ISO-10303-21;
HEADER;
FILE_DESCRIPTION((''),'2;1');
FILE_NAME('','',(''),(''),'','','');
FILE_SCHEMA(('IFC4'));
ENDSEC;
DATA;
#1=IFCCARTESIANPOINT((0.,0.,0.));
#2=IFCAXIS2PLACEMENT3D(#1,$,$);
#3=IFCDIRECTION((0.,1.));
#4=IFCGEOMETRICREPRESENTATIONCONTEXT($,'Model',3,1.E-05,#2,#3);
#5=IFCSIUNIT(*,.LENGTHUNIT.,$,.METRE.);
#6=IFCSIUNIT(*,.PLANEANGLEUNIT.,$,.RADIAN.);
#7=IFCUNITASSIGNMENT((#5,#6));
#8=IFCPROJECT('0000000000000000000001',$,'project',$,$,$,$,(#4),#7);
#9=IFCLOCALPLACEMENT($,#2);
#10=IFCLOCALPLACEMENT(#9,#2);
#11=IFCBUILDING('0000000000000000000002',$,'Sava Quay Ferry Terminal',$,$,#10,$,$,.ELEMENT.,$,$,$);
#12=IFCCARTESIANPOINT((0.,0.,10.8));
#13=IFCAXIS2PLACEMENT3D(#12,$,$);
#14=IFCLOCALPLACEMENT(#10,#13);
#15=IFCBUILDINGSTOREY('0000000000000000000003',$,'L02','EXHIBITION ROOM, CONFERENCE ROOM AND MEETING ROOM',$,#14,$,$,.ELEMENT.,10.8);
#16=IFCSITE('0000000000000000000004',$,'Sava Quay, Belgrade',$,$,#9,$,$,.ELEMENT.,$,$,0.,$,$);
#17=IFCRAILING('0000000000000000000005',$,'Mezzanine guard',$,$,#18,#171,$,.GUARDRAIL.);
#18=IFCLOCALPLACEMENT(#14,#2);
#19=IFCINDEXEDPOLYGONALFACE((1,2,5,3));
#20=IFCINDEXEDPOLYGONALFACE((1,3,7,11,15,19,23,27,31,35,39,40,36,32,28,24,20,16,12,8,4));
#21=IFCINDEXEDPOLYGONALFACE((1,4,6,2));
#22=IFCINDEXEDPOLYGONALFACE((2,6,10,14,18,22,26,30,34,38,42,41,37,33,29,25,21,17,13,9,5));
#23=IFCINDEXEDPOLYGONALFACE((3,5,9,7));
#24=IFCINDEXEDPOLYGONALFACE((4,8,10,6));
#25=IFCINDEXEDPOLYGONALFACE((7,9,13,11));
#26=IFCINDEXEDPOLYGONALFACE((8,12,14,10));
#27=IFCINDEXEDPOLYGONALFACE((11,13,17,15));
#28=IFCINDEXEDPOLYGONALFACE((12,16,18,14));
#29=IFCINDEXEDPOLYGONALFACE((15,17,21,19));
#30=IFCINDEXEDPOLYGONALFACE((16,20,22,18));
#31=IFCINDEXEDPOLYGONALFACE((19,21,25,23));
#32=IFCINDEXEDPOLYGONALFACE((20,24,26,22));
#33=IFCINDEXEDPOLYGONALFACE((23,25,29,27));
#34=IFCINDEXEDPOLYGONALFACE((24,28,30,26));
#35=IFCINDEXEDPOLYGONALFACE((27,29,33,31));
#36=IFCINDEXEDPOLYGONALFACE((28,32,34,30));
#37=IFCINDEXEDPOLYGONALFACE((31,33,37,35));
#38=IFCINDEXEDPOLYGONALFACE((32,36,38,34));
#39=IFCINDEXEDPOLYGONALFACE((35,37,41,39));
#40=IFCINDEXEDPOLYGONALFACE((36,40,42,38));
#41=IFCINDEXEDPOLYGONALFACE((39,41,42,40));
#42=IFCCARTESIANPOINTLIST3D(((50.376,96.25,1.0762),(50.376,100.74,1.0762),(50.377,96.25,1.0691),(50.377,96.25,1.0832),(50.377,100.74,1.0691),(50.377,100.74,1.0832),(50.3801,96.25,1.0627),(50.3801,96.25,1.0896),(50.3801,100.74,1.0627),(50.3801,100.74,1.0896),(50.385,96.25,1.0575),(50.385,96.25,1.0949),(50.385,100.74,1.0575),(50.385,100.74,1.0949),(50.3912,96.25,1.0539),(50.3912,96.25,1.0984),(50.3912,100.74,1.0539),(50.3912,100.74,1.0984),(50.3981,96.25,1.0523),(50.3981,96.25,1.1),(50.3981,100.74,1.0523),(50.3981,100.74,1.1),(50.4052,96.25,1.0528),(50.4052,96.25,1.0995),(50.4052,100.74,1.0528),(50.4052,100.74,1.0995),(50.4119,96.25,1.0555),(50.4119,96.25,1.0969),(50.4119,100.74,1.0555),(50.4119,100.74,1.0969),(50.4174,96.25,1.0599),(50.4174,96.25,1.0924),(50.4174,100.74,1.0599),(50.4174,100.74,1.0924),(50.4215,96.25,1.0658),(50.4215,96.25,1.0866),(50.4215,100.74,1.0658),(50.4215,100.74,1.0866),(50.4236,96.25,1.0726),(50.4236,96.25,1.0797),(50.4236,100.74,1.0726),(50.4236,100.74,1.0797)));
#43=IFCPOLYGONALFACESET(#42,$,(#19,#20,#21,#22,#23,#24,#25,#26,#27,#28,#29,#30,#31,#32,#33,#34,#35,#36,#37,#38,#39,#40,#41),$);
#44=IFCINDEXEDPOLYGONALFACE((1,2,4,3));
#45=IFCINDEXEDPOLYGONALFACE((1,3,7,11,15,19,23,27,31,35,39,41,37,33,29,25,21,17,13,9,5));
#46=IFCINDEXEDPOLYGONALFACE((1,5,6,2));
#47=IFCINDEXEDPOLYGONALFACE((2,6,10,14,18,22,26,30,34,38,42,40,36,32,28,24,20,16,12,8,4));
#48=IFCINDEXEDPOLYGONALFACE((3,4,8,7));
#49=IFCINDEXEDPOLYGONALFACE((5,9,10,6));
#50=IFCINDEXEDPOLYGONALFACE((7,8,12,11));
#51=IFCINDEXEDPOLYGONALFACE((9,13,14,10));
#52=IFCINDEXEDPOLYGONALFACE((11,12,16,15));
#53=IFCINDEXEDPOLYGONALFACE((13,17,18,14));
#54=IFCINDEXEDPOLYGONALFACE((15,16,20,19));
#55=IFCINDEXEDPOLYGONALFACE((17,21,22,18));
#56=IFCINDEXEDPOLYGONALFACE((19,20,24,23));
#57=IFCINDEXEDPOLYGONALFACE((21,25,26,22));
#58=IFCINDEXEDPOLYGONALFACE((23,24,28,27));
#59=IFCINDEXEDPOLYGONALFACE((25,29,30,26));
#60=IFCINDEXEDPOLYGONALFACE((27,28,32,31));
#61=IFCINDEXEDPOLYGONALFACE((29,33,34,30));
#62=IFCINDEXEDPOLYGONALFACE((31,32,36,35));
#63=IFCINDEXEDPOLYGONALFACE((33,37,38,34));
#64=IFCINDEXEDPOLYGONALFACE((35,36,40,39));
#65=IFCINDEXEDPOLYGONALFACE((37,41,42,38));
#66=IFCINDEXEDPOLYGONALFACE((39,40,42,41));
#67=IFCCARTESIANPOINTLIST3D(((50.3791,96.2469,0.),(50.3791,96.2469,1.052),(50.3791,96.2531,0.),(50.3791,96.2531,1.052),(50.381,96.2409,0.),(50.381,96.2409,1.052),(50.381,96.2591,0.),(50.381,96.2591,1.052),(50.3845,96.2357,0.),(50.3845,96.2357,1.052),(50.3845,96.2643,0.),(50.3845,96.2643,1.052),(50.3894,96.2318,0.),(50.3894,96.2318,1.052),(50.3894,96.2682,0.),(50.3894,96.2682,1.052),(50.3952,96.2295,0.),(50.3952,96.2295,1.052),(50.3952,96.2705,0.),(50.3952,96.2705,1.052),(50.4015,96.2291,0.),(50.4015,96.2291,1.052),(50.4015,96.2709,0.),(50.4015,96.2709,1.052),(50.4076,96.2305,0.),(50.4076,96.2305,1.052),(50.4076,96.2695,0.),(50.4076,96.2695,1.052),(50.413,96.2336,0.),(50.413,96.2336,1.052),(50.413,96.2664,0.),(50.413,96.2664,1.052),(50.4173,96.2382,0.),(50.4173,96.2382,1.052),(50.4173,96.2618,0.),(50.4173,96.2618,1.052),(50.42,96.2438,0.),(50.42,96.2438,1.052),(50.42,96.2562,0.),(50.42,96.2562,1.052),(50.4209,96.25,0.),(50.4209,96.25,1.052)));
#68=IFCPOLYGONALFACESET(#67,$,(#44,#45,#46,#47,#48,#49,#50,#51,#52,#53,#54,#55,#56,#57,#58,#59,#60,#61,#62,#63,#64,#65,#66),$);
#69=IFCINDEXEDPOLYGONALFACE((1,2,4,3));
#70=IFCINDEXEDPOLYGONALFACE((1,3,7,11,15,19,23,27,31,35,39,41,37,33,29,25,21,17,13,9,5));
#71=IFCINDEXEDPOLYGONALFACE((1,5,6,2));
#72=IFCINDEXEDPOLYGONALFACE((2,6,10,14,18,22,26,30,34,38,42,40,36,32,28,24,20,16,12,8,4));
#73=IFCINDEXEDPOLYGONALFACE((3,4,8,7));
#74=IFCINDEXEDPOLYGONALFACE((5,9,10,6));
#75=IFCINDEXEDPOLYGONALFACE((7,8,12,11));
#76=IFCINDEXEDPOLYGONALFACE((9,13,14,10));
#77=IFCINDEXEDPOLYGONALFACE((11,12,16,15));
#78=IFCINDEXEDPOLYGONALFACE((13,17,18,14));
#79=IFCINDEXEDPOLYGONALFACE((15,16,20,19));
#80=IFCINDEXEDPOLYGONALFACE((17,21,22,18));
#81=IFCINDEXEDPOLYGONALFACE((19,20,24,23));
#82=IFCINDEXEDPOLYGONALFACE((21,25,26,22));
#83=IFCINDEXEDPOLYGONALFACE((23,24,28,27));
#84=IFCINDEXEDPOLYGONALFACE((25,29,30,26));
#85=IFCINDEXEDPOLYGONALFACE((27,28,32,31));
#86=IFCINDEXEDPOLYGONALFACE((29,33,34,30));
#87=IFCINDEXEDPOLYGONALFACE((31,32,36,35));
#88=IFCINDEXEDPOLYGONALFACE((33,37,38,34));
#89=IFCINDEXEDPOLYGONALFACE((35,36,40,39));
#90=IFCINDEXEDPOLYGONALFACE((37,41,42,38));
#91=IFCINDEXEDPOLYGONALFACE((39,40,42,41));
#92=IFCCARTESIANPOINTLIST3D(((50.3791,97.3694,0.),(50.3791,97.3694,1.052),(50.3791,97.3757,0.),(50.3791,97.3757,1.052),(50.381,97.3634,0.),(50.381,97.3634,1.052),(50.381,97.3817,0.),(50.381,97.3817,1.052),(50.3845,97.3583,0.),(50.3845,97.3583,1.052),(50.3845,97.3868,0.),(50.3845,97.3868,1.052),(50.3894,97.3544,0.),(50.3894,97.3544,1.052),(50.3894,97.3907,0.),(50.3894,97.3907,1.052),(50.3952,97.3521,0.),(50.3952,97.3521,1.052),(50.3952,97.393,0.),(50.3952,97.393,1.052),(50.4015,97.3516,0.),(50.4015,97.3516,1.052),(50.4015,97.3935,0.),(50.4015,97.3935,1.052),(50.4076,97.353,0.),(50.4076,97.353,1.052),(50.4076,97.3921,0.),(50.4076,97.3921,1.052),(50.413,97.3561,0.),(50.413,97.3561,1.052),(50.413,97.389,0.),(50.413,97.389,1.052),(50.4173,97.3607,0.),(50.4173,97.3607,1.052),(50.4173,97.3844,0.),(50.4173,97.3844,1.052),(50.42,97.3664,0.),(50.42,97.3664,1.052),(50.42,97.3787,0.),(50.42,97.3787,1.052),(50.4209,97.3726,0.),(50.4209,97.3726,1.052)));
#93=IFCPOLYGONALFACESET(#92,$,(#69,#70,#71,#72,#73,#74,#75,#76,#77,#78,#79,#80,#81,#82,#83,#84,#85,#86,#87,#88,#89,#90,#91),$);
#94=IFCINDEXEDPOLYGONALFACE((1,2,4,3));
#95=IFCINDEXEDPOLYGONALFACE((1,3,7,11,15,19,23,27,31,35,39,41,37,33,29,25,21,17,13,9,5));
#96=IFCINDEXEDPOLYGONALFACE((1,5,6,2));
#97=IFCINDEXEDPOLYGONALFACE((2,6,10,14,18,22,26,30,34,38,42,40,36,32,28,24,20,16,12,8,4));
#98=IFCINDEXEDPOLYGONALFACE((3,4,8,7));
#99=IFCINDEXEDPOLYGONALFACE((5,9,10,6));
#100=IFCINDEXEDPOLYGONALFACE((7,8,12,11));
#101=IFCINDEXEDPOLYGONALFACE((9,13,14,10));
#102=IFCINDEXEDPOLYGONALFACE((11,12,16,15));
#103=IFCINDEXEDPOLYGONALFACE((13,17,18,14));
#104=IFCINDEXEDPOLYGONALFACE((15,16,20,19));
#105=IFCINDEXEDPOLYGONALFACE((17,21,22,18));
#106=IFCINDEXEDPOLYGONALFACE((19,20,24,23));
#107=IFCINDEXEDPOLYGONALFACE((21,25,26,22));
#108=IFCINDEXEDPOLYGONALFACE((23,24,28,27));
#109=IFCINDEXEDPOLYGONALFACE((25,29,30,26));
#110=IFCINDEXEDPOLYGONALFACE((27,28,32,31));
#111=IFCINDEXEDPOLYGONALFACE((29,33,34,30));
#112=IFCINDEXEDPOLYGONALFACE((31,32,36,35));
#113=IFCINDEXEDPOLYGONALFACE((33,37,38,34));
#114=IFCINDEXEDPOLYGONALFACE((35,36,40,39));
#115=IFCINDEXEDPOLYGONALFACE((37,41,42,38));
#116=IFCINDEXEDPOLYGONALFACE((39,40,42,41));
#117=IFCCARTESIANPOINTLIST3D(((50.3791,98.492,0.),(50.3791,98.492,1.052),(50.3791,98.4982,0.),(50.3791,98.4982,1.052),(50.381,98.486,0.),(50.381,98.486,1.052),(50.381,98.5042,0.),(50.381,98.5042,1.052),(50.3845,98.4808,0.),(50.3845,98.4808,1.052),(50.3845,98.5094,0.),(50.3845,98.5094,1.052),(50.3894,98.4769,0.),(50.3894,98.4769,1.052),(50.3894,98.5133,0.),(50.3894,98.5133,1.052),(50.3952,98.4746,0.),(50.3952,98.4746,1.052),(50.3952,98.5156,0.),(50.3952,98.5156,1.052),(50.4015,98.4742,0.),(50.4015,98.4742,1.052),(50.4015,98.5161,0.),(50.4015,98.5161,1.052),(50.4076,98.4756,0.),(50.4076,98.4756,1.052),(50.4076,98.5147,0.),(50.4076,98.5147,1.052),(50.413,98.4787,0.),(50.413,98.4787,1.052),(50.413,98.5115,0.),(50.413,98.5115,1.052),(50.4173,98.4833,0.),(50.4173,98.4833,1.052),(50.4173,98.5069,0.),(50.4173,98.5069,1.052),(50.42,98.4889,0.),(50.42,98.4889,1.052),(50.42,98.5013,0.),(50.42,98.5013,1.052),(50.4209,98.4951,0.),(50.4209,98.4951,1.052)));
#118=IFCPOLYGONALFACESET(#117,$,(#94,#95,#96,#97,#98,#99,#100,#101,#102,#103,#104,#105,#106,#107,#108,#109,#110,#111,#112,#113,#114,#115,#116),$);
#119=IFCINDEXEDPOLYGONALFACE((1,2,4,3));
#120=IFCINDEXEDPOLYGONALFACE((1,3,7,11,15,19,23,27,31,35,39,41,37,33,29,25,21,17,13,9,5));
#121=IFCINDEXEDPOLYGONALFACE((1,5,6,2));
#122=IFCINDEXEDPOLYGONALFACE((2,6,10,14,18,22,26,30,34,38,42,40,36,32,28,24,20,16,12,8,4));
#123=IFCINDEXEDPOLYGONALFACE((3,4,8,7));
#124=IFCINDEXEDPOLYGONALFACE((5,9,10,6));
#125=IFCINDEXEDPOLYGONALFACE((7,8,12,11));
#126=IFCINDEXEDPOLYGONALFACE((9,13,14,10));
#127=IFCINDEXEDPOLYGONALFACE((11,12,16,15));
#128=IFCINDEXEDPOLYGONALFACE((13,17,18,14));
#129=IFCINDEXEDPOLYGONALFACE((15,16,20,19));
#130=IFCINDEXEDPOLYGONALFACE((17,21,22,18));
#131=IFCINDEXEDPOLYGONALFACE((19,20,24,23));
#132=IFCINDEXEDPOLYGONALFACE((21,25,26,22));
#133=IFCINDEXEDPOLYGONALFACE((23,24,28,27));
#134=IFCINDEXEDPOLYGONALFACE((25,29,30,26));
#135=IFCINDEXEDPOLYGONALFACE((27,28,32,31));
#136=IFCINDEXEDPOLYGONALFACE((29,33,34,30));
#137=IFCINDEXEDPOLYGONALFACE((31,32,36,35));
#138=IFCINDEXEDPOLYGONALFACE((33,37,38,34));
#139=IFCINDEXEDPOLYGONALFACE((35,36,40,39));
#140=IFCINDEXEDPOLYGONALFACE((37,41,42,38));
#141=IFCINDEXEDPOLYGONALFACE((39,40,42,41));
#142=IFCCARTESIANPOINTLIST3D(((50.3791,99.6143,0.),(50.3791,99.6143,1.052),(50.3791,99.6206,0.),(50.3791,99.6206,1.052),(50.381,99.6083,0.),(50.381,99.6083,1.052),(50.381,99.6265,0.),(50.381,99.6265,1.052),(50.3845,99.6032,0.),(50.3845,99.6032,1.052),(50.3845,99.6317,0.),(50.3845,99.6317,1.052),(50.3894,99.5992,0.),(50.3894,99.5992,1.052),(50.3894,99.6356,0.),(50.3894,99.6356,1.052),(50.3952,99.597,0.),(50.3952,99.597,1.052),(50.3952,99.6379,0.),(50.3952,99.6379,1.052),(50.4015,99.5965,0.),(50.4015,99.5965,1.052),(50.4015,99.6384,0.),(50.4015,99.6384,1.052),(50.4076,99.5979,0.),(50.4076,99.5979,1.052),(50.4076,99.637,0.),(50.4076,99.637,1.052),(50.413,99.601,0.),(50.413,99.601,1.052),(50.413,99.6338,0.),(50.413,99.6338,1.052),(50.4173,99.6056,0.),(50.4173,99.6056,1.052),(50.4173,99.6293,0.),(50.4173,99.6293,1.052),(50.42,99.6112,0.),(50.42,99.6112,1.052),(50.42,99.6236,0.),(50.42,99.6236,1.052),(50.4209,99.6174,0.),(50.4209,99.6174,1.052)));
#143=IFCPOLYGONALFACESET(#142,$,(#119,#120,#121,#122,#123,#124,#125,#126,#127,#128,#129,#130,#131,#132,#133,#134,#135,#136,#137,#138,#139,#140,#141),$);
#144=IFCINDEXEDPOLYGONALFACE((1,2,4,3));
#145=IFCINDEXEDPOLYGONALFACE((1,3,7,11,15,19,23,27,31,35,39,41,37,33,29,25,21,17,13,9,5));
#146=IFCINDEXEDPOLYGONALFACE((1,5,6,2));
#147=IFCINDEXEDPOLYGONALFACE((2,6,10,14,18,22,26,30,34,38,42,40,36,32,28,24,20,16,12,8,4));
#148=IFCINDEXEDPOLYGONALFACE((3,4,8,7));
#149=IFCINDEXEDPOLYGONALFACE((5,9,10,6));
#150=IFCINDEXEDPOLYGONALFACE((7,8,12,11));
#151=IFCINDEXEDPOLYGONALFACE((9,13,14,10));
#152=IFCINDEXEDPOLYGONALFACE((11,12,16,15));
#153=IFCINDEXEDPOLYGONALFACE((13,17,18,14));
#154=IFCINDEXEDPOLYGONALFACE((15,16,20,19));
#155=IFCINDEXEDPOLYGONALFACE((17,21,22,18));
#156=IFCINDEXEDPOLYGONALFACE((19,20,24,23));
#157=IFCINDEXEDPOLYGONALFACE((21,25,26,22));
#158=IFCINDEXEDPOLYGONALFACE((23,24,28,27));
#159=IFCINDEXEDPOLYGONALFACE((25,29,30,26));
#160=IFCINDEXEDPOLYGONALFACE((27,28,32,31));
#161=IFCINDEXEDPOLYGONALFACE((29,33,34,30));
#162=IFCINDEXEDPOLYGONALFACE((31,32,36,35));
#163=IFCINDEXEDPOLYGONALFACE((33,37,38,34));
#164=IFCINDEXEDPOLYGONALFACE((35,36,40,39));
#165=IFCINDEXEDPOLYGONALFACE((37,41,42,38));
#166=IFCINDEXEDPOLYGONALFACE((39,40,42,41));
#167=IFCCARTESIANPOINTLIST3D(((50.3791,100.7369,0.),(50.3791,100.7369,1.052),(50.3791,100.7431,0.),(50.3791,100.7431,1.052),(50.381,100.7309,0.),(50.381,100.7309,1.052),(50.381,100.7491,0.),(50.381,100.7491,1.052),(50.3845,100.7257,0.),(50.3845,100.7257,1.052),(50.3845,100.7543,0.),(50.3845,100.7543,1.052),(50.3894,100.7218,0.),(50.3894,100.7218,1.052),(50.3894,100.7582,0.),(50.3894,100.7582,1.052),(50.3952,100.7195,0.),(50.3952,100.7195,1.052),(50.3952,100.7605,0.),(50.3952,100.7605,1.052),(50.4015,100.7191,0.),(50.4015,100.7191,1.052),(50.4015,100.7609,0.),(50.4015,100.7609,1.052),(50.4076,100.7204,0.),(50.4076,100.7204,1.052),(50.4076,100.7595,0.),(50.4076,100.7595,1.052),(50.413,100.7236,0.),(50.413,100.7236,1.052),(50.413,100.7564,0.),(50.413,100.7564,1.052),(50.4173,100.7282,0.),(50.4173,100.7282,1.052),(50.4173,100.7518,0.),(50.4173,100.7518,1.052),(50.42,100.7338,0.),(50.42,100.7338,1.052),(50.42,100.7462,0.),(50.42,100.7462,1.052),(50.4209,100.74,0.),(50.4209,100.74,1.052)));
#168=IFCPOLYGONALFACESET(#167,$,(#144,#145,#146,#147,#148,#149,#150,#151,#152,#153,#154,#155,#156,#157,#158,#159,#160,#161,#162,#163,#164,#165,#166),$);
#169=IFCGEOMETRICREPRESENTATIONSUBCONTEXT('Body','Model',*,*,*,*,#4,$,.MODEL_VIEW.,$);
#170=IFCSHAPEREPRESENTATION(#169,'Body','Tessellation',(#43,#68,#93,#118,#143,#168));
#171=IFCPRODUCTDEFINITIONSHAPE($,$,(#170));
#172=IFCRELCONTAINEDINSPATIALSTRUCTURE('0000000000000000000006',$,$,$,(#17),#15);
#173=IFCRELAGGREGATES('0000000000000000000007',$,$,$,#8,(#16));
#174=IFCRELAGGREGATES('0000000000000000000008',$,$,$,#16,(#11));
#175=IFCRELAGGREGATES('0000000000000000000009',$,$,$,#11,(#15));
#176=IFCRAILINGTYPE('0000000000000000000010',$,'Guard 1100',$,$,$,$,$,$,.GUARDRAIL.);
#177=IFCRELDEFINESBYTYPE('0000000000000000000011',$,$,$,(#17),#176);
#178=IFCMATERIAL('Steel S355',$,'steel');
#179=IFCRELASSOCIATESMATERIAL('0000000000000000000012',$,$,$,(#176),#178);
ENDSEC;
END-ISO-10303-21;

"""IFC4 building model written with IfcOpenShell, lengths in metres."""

from ifc_helpers import new_model, si_unit, direction, frame, origin, origin_2d, place, context, subcontext, project, spatial, circle, extrude, material, type_object, element, save


model = new_model("IFC4")

# Units and contexts
model_context = context("Model", 3, precision=1e-05, world=origin(), true_north=direction((0.0, 1.0)))
body_context = subcontext(model_context, "Body", "Model", "MODEL_VIEW")
ifc_project = project(units=[si_unit("LENGTHUNIT", "METRE"), si_unit("PLANEANGLEUNIT", "RADIAN")], contexts=[model_context])

# Site, building, storey
site_placement = place(None, origin())
site = spatial("IfcSite", under=ifc_project, at=site_placement, Name="Sava Quay, Belgrade", CompositionType="ELEMENT", RefElevation=0.0)
building_placement = place(site_placement, origin())
building = spatial("IfcBuilding", under=site, at=building_placement, Name="Sava Quay Ferry Terminal", CompositionType="ELEMENT")
storey_placement = place(building_placement, frame((0.0, 0.0, 10.8)))
storey = spatial("IfcBuildingStorey", under=building, at=storey_placement, Name="L02", Description="EXHIBITION ROOM, CONFERENCE ROOM AND MEETING ROOM", CompositionType="ELEMENT", Elevation=10.8)

# Railing
ifc_material_1 = material(Name="Steel S355", Category="steel")
railing_type = type_object("IfcRailingType", Name="Guard 1100", PredefinedType="GUARDRAIL", material=ifc_material_1)
railing_1_placement = place(storey_placement, frame((50.3999, 96.25, 0.0)))
element("IfcRailing", 1, at=railing_1_placement, inside=storey, type_object=railing_type, Name="Mezzanine guard", PredefinedType="GUARDRAIL", context=body_context, shape_type="SweptSolid", body=[
    extrude(circle(Radius=0.0239, at=origin_2d()), frame((0.0, 0.0, 1.0762), z_axis=(0.0, 1.0, 0.0), x_axis=(-1.0, 0.0, 0.0)), (0.0, 0.0, 1.0), 4.49),
    extrude(circle(Radius=0.021, at=origin_2d()), origin(), (0.0, 0.0, 1.0), 1.052),
    extrude(circle(Radius=0.021, at=origin_2d()), frame((0.0, 1.1226, 0.0)), (0.0, 0.0, 1.0), 1.052),
    extrude(circle(Radius=0.021, at=origin_2d()), frame((0.0, 2.2451, 0.0)), (0.0, 0.0, 1.0), 1.052),
    extrude(circle(Radius=0.021, at=origin_2d()), frame((0.0, 3.3674, 0.0)), (0.0, 0.0, 1.0), 1.052),
    extrude(circle(Radius=0.021, at=origin_2d()), frame((0.0, 4.49, 0.0)), (0.0, 0.0, 1.0), 1.052),
])

save(model, "model.ifc")
